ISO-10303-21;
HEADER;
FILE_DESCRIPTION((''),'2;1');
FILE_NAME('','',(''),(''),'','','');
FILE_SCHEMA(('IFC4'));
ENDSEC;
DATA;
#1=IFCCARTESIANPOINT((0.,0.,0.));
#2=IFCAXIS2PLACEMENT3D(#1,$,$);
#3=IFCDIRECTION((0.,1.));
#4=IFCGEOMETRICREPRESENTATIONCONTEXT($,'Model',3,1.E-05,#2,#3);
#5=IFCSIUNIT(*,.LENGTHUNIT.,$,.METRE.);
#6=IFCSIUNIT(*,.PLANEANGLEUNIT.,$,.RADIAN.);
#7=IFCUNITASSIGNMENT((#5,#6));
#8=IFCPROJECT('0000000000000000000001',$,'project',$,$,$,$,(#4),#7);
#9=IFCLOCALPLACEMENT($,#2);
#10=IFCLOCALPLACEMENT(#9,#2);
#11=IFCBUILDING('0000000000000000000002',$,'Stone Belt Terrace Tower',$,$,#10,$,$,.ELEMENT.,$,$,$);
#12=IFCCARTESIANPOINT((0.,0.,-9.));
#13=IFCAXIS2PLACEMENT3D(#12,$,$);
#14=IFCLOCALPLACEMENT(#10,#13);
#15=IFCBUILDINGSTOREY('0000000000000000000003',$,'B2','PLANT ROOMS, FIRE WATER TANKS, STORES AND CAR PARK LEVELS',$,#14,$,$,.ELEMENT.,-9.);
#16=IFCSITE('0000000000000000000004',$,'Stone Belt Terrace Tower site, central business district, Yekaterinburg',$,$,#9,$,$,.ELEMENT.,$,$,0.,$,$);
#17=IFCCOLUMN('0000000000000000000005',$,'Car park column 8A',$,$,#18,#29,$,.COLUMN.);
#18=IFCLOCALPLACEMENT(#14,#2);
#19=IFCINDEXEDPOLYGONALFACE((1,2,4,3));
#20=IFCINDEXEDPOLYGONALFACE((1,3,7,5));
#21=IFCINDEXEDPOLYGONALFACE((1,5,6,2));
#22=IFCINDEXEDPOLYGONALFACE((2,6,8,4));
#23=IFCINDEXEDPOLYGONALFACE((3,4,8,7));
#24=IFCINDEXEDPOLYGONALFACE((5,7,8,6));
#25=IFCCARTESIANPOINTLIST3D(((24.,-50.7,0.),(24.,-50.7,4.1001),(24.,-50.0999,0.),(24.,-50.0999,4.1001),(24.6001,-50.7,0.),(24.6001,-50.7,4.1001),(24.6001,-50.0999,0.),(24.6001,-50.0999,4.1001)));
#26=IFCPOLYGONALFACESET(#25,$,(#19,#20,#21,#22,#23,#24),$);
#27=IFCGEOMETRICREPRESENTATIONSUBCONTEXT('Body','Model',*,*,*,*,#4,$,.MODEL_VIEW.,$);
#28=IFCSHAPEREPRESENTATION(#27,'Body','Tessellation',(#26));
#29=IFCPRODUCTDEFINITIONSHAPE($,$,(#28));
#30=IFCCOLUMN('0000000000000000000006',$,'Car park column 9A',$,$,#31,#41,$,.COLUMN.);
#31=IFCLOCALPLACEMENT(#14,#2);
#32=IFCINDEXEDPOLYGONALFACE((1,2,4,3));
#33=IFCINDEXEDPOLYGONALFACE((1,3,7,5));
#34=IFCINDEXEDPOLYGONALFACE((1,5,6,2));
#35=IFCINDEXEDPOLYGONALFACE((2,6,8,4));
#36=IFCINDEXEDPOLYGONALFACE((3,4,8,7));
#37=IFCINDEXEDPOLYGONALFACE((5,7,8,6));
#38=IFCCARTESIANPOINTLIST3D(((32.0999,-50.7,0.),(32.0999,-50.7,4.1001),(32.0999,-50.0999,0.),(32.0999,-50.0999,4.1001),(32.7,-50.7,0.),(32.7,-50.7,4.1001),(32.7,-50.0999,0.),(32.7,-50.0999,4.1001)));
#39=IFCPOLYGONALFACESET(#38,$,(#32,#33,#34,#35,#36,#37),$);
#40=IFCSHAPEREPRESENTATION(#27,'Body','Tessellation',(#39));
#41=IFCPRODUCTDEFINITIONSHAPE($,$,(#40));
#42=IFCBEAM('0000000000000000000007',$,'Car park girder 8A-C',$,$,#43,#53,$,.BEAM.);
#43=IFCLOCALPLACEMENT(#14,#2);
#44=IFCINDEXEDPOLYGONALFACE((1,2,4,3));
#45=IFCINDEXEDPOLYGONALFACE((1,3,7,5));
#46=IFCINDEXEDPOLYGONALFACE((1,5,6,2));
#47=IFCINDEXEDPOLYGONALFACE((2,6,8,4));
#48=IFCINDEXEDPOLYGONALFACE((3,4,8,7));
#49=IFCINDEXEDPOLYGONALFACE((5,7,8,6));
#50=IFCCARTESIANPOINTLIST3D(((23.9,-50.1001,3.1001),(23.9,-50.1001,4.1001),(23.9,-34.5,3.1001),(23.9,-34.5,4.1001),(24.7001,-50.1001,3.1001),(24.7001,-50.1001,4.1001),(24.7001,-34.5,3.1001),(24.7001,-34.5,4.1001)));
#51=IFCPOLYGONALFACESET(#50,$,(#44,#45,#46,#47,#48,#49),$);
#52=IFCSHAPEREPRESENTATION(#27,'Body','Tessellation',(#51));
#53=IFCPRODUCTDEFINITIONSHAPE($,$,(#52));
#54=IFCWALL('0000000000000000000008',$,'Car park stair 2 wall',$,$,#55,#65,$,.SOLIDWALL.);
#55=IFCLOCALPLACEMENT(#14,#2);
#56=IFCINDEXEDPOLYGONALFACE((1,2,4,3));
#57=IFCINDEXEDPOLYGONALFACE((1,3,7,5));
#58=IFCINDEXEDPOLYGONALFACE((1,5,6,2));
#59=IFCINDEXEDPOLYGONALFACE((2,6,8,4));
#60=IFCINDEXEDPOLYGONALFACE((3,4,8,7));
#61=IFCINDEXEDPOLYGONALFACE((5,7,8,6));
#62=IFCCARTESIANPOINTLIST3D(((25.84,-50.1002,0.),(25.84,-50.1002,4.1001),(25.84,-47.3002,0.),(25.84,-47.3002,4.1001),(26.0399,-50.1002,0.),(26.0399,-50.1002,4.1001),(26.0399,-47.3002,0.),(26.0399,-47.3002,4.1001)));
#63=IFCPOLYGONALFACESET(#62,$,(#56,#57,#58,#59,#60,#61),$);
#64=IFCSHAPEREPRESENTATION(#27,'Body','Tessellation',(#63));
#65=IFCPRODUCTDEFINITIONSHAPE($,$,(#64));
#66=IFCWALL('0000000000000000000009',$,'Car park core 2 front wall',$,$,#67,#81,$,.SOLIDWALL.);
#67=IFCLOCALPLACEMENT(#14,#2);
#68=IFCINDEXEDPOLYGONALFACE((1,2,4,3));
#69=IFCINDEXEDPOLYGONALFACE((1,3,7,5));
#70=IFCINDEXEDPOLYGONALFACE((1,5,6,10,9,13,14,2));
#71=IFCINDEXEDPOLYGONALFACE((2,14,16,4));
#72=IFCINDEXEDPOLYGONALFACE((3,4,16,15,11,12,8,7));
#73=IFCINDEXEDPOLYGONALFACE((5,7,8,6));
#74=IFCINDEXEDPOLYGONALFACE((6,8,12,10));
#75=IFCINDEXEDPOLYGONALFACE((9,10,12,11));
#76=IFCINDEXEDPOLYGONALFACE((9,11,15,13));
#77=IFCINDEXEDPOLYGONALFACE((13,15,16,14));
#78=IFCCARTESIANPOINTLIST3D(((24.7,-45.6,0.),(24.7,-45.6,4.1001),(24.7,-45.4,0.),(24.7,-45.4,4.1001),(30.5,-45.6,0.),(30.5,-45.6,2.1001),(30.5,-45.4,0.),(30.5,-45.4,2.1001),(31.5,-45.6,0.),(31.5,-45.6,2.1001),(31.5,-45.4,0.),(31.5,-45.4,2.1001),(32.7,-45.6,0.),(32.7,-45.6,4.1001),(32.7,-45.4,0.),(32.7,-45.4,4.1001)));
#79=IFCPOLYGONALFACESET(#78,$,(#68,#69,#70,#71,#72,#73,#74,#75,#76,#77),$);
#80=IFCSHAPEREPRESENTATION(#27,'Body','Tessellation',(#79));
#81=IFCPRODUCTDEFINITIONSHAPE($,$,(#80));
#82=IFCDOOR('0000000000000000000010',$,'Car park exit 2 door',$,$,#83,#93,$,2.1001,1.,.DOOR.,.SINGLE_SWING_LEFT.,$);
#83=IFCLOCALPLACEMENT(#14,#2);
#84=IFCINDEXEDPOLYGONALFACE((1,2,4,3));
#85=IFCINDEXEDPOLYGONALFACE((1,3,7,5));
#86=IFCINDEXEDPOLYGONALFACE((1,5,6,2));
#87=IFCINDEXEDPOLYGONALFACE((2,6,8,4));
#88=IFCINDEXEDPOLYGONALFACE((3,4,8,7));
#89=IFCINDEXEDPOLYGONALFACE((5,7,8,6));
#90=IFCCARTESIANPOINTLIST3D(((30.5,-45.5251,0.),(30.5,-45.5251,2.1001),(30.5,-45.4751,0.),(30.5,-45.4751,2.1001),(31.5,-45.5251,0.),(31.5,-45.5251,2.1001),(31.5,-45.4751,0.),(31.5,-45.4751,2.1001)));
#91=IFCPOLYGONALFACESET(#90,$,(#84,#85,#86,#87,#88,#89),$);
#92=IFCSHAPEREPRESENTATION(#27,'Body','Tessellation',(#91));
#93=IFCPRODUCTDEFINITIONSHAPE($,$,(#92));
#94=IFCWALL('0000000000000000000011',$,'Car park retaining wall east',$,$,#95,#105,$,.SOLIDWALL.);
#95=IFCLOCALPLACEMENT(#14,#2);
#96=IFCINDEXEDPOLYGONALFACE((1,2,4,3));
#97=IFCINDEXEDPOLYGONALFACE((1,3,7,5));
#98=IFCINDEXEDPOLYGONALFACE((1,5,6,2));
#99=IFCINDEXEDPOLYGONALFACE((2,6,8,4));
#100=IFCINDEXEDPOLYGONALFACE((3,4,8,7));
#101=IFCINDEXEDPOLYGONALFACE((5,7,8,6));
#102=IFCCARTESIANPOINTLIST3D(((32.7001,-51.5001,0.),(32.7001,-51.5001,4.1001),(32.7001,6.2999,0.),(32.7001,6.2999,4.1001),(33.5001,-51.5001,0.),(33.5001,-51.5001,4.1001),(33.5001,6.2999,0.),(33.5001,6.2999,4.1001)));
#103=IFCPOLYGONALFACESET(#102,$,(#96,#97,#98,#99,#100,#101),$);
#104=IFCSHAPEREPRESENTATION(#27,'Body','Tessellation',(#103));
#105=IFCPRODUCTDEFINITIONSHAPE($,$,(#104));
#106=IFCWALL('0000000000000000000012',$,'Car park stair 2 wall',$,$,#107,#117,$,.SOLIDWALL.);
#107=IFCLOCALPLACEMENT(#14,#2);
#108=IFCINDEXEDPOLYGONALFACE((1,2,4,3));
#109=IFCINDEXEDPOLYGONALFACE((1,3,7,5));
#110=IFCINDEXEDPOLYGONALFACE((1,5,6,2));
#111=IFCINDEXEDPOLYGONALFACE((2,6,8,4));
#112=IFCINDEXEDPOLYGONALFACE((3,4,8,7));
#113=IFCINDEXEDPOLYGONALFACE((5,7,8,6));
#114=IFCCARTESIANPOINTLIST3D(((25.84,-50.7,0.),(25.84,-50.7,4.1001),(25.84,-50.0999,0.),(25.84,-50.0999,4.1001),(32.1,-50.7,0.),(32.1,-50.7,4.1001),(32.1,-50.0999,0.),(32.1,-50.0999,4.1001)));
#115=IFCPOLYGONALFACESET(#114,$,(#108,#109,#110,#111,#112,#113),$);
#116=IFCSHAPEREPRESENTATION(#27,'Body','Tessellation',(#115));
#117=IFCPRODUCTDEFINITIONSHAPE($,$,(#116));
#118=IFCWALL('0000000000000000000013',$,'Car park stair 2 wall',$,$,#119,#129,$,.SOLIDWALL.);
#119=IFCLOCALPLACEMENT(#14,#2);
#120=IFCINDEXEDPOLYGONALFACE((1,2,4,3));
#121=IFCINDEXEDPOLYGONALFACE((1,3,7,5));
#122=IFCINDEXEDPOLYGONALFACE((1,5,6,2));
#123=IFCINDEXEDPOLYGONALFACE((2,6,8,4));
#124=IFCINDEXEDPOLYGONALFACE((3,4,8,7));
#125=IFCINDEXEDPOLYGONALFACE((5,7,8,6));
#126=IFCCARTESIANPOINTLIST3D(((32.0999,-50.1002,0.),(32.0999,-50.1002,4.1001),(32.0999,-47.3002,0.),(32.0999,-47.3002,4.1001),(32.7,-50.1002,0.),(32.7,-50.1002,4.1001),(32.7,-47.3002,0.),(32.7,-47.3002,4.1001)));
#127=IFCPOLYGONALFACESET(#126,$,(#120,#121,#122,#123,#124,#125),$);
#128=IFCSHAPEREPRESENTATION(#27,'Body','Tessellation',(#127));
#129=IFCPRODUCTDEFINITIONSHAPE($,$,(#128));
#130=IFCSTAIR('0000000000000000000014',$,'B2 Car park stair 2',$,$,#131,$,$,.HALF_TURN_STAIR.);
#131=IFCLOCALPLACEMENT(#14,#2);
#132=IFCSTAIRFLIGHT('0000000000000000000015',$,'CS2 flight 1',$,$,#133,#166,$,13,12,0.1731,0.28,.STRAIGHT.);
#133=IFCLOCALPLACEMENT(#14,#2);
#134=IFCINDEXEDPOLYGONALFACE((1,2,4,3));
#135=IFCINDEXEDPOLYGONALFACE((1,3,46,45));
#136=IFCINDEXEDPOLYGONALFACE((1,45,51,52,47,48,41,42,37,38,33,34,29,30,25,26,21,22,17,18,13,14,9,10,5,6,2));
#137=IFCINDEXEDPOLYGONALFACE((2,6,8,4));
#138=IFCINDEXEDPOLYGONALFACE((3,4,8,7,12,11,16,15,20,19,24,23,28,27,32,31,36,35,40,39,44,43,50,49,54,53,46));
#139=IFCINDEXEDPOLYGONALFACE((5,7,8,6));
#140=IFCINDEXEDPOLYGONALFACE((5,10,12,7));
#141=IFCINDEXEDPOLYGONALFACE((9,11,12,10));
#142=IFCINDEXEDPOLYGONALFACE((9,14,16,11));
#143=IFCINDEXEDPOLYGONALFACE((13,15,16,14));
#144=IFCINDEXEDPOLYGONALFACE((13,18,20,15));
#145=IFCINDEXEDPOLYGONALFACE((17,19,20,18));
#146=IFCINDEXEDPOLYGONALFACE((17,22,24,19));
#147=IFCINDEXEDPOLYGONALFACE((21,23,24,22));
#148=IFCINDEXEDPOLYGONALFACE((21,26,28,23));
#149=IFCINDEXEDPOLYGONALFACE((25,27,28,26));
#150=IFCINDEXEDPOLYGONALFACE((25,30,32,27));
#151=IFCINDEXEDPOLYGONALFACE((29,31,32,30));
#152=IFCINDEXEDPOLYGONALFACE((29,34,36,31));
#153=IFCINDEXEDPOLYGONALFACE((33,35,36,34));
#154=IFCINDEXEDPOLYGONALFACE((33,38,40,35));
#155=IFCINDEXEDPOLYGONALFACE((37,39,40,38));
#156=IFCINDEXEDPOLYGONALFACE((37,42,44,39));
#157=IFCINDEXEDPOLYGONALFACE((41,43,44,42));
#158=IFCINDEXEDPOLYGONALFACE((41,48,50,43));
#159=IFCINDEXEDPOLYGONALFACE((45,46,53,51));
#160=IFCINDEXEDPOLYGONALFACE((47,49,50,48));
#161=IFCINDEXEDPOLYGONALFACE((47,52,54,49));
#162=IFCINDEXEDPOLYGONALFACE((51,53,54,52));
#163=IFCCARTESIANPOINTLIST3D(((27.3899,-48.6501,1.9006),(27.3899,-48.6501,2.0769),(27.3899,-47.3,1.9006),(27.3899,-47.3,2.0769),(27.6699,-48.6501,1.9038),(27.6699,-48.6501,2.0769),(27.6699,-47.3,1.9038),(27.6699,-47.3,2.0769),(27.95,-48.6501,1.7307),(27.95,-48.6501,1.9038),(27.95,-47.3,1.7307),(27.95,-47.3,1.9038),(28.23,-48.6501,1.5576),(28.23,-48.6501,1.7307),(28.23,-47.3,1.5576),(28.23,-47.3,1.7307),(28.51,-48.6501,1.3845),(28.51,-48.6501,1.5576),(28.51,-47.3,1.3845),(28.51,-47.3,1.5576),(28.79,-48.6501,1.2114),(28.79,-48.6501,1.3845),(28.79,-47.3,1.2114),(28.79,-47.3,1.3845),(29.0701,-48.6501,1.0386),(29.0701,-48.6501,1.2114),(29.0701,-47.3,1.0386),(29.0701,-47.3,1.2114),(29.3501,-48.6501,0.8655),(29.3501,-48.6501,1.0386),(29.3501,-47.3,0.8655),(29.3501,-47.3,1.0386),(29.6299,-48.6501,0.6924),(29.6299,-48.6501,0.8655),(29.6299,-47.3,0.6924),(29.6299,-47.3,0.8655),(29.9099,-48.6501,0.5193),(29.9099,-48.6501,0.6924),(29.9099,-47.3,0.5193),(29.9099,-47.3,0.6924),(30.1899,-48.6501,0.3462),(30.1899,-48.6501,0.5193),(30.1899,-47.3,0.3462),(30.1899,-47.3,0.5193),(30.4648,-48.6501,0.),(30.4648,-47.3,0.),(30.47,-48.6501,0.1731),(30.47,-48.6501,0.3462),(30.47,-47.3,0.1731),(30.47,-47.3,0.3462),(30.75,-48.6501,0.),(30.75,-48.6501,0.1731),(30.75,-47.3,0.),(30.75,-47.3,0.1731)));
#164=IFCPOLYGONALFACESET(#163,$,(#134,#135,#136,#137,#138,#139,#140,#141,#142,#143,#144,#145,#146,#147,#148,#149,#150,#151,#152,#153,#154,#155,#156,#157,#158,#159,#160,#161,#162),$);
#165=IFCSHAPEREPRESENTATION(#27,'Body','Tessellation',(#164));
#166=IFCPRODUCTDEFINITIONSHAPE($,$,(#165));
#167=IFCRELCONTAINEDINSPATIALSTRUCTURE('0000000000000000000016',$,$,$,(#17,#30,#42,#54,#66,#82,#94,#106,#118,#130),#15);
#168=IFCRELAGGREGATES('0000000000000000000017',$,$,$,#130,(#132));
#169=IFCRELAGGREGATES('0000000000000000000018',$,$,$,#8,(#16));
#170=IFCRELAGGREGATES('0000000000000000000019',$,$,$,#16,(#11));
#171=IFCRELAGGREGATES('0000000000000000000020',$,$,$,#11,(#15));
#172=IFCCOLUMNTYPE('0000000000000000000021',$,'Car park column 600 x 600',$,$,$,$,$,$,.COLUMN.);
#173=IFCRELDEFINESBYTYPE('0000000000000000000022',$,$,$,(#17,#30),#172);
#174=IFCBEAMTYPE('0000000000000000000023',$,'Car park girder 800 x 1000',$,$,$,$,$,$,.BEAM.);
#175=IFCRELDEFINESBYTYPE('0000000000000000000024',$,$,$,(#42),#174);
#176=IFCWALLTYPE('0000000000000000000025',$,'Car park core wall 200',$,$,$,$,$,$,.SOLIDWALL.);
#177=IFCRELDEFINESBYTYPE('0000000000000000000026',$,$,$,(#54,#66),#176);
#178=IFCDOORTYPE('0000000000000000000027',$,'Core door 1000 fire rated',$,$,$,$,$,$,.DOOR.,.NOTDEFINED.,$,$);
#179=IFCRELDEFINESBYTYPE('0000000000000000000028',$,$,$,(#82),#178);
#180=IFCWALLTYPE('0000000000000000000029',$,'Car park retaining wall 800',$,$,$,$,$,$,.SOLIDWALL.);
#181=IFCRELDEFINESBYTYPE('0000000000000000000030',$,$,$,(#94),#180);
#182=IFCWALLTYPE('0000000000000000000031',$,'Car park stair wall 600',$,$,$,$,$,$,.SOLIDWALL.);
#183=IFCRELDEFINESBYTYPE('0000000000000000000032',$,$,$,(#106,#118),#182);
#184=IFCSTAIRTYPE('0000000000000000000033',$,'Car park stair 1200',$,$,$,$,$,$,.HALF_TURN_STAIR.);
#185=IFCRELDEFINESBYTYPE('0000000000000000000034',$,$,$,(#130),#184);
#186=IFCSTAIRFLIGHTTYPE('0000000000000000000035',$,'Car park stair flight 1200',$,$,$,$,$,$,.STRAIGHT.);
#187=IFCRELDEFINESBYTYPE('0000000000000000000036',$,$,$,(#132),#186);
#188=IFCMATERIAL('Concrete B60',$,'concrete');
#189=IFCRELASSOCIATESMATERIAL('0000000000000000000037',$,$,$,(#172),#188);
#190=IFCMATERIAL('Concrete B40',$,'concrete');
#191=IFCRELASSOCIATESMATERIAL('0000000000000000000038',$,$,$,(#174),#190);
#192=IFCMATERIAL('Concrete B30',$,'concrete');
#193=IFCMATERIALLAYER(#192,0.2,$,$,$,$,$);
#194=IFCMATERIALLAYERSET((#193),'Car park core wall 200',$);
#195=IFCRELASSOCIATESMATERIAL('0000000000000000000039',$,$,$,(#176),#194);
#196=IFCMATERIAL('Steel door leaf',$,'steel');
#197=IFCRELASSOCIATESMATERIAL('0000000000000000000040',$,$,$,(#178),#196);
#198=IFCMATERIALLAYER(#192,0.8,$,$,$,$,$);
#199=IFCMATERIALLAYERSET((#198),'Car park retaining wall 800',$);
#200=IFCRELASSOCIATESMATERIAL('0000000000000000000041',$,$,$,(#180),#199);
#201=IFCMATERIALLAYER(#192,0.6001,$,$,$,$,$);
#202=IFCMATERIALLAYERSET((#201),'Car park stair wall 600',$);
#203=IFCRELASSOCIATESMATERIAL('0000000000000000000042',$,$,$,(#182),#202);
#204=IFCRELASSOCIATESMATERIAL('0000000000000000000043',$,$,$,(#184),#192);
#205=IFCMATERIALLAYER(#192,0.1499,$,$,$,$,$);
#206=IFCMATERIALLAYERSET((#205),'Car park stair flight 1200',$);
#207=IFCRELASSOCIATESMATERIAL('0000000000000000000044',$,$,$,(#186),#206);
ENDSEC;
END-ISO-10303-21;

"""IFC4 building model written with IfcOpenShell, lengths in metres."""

from ifc_helpers import new_model, si_unit, direction, frame, frame_2d, origin, origin_2d, place, context, subcontext, project, spatial, polyline, rectangle, outline, extrude, material, layer, layer_set, material_profile, profile_set, type_object, element, fill, aggregate, save


model = new_model("IFC4")

# Units and contexts
model_context = context("Model", 3, precision=1e-05, world=origin(), true_north=direction((0.0, 1.0)))
body_context = subcontext(model_context, "Body", "Model", "MODEL_VIEW")
ifc_project = project(units=[si_unit("LENGTHUNIT", "METRE"), si_unit("PLANEANGLEUNIT", "RADIAN")], contexts=[model_context])

# Site, building, storey
site_placement = place(None, origin())
site = spatial("IfcSite", under=ifc_project, at=site_placement, Name="Stone Belt Terrace Tower site, central business district, Yekaterinburg", CompositionType="ELEMENT", RefElevation=0.0)
building_placement = place(site_placement, origin())
building = spatial("IfcBuilding", under=site, at=building_placement, Name="Stone Belt Terrace Tower", CompositionType="ELEMENT")
storey_placement = place(building_placement, frame((0.0, 0.0, -9.0)))
storey = spatial("IfcBuildingStorey", under=building, at=storey_placement, Name="B2", Description="PLANT ROOMS, FIRE WATER TANKS, STORES AND CAR PARK LEVELS", CompositionType="ELEMENT", Elevation=-9.0)

# Columns
ifc_material_1 = material(Name="Concrete B60", Category="concrete")
ifc_material_profile_1 = material_profile(ifc_material_1, rectangle(XDim=0.6001, YDim=0.6001, at=origin_2d()), Name="Car park column 600 x 600")
ifc_profile_set_1 = profile_set([ifc_material_profile_1], Name="Concrete B60")
column_type = type_object("IfcColumnType", Name="Car park column 600 x 600", PredefinedType="COLUMN", material=ifc_profile_set_1)
for number, where, z_axis, x_axis, name in (
    (1, (24.3, -50.3999, 0.0), (0.0, 0.0, 1.0), (1.0, 0.0, 0.0), "Car park column 8A"),
    (2, (32.3999, -50.3999, 0.0), (0.0, 0.0, 1.0), (1.0, 0.0, 0.0), "Car park column 9A"),
):
    element("IfcColumn", number, at=place(storey_placement, frame(where, z_axis=z_axis, x_axis=x_axis)), inside=storey, type_object=column_type, Name=name, PredefinedType="COLUMN", context=body_context, shape_type="SweptSolid", body=[
        extrude(rectangle(XDim=0.6001, YDim=0.6001, at=origin_2d()), origin(), (0.0, 0.0, 1.0), 4.1001),
    ])

# Beam
ifc_material_2 = material(Name="Concrete B40", Category="concrete")
ifc_material_profile_2 = material_profile(ifc_material_2, rectangle(XDim=0.8, YDim=1.0, at=origin_2d()), Name="Car park girder 800 x 1000")
ifc_profile_set_2 = profile_set([ifc_material_profile_2], Name="Concrete B40")
beam_type = type_object("IfcBeamType", Name="Car park girder 800 x 1000", PredefinedType="BEAM", material=ifc_profile_set_2)
beam_placement = place(storey_placement, frame((24.3, -50.1001, 3.6001), z_axis=(0.0, 1.0, 0.0), x_axis=(-1.0, 0.0, 0.0)))
element("IfcBeam", 3, at=beam_placement, inside=storey, type_object=beam_type, Name="Car park girder 8A-C", PredefinedType="BEAM", context=body_context, shape_type="SweptSolid", body=[
    extrude(rectangle(XDim=0.8, YDim=1.0, at=origin_2d()), origin(), (0.0, 0.0, 1.0), 15.6001),
])

# Wall
ifc_material_3 = material(Name="Concrete B30", Category="concrete")
ifc_layer_1 = layer(ifc_material_3, 0.2)
ifc_layer_set_1 = layer_set([ifc_layer_1], Name="Car park core wall 200")
wall_type_1 = type_object("IfcWallType", Name="Car park core wall 200", PredefinedType="SOLIDWALL", material=ifc_layer_set_1)
wall_1_placement = place(storey_placement, frame((25.9399, -50.1001, 0.0), z_axis=(0.0, 0.0, 1.0), x_axis=(0.0, 1.0, 0.0)))
element("IfcWall", 4, at=wall_1_placement, inside=storey, type_object=wall_type_1, Name="Car park stair 2 wall", PredefinedType="SOLIDWALL", context=body_context, shape_type="SweptSolid", body=[
    extrude(rectangle(XDim=2.8, YDim=0.2, at=frame_2d((1.3999, 0.0))), origin(), (0.0, 0.0, 1.0), 4.1001),
])

# Shared definitions
ifc_material_4 = material(Name="Steel door leaf", Category="steel")

# Wall, opening, door
wall_2_placement = place(storey_placement, frame((24.7, -45.5, 0.0), z_axis=(0.0, 0.0, 1.0), x_axis=(1.0, 0.0, 0.0)))
wall_2 = element("IfcWall", 5, at=wall_2_placement, inside=storey, type_object=wall_type_1, Name="Car park core 2 front wall", PredefinedType="SOLIDWALL", context=body_context, shape_type="SweptSolid", body=[
    extrude(rectangle(XDim=8.0, YDim=0.2, at=frame_2d((4.0, 0.0))), origin(), (0.0, 0.0, 1.0), 4.1001),
])
opening_1_placement = place(wall_2_placement, frame((5.8, 0.0, 0.0)))
opening_1 = element("IfcOpeningElement", 6, at=opening_1_placement, cuts=wall_2, PredefinedType="OPENING", context=body_context, shape_type="SweptSolid", body=[
    extrude(rectangle(XDim=1.0, YDim=2.1001, at=frame_2d((0.5, 1.05))), frame((0.0, 0.1099, 0.0), z_axis=(0.0, -1.0, 0.0), x_axis=(1.0, 0.0, 0.0)), (0.0, 0.0, 1.0), 0.22),
])
door_type_1 = type_object("IfcDoorType", Name="Core door 1000 fire rated", OperationType="NOTDEFINED", PredefinedType="DOOR", material=ifc_material_4)
door_1_placement = place(opening_1_placement, origin())
door_1 = element("IfcDoor", 7, at=door_1_placement, inside=storey, type_object=door_type_1, Name="Car park exit 2 door", OperationType="SINGLE_SWING_LEFT", OverallHeight=2.1001, OverallWidth=1.0, PredefinedType="DOOR", context=body_context, shape_type="SweptSolid", body=[
    extrude(rectangle(XDim=1.0, YDim=2.1001, at=frame_2d((0.5, 1.05))), frame((0.0, 0.0249, 0.0), z_axis=(0.0, -1.0, 0.0), x_axis=(1.0, 0.0, 0.0)), (0.0, 0.0, 1.0), 0.05),
])
fill(opening_1, door_1)

# Walls
ifc_layer_2 = layer(ifc_material_3, 0.8)
ifc_layer_set_2 = layer_set([ifc_layer_2], Name="Car park retaining wall 800")
wall_type_2 = type_object("IfcWallType", Name="Car park retaining wall 800", PredefinedType="SOLIDWALL", material=ifc_layer_set_2)
wall_3_placement = place(storey_placement, frame((33.1001, -51.5, 0.0), z_axis=(0.0, 0.0, 1.0), x_axis=(0.0, 1.0, 0.0)))
element("IfcWall", 8, at=wall_3_placement, inside=storey, type_object=wall_type_2, Name="Car park retaining wall east", PredefinedType="SOLIDWALL", context=body_context, shape_type="SweptSolid", body=[
    extrude(rectangle(XDim=57.8, YDim=0.8, at=frame_2d((28.8999, 0.0))), origin(), (0.0, 0.0, 1.0), 4.1001),
])
ifc_layer_3 = layer(ifc_material_3, 0.6001)
ifc_layer_set_3 = layer_set([ifc_layer_3], Name="Car park stair wall 600")
wall_type_3 = type_object("IfcWallType", Name="Car park stair wall 600", PredefinedType="SOLIDWALL", material=ifc_layer_set_3)
wall_4_placement = place(storey_placement, frame((25.8401, -50.3999, 0.0), z_axis=(0.0, 0.0, 1.0), x_axis=(1.0, 0.0, 0.0)))
element("IfcWall", 9, at=wall_4_placement, inside=storey, type_object=wall_type_3, Name="Car park stair 2 wall", PredefinedType="SOLIDWALL", context=body_context, shape_type="SweptSolid", body=[
    extrude(rectangle(XDim=6.26, YDim=0.6001, at=frame_2d((3.1299, 0.0))), origin(), (0.0, 0.0, 1.0), 4.1001),
])
wall_5_placement = place(storey_placement, frame((32.3999, -50.1001, 0.0), z_axis=(0.0, 0.0, 1.0), x_axis=(0.0, 1.0, 0.0)))
element("IfcWall", 10, at=wall_5_placement, inside=storey, type_object=wall_type_3, Name="Car park stair 2 wall", PredefinedType="SOLIDWALL", context=body_context, shape_type="SweptSolid", body=[
    extrude(rectangle(XDim=2.8, YDim=0.6001, at=frame_2d((1.3999, 0.0))), origin(), (0.0, 0.0, 1.0), 4.1001),
])

# Stair, stair flight
stair_type = type_object("IfcStairType", Name="Car park stair 1200", PredefinedType="HALF_TURN_STAIR", material=ifc_material_3)
stair_placement = place(storey_placement, origin())
stair = element("IfcStair", 11, at=stair_placement, inside=storey, type_object=stair_type, Name="B2 Car park stair 2", PredefinedType="HALF_TURN_STAIR")
ifc_layer_4 = layer(ifc_material_3, 0.1499)
ifc_layer_set_4 = layer_set([ifc_layer_4], Name="Car park stair flight 1200")
stair_flight_type = type_object("IfcStairFlightType", Name="Car park stair flight 1200", PredefinedType="STRAIGHT", material=ifc_layer_set_4)
stair_flight_1_placement = place(storey_placement, frame((30.75, -47.9751, 0.0), z_axis=(0.0, 0.0, 1.0), x_axis=(-1.0, 0.0, 0.0)))
stair_flight_1 = element("IfcStairFlight", 12, at=stair_flight_1_placement, type_object=stair_flight_type, Name="CS2 flight 1", NumberOfRisers=13, NumberOfTreads=12, PredefinedType="STRAIGHT", RiserHeight=0.1731, TreadLength=0.28, context=body_context, shape_type="SweptSolid", body=[
    extrude(outline(polyline([(0.0, 0.0), (0.0, 0.1731), (0.28, 0.1731), (0.28, 0.3462), (0.5601, 0.3462), (0.5601, 0.5193), (0.8401, 0.5193), (0.8401, 0.6924), (1.1201, 0.6924), (1.1201, 0.8655), (1.3999, 0.8655), (1.3999, 1.0386), (1.6799, 1.0386), (1.6799, 1.2114), (1.96, 1.2114), (1.96, 1.3845), (2.24, 1.3845), (2.24, 1.5576), (2.52, 1.5576), (2.52, 1.7307), (2.8, 1.7307), (2.8, 1.9038), (3.0801, 1.9038), (3.0801, 2.0769), (3.3601, 2.0769), (3.3601, 2.25), (3.3601, 1.9006), (0.2852, 0.0), (0.0, 0.0)])), frame((0.0, 0.675, 0.0), z_axis=(0.0, -1.0, 0.0), x_axis=(1.0, 0.0, 0.0)), (0.0, 0.0, 1.0), 1.3501),
])
aggregate(stair, [stair_flight_1])

save(model, "model.ifc")
